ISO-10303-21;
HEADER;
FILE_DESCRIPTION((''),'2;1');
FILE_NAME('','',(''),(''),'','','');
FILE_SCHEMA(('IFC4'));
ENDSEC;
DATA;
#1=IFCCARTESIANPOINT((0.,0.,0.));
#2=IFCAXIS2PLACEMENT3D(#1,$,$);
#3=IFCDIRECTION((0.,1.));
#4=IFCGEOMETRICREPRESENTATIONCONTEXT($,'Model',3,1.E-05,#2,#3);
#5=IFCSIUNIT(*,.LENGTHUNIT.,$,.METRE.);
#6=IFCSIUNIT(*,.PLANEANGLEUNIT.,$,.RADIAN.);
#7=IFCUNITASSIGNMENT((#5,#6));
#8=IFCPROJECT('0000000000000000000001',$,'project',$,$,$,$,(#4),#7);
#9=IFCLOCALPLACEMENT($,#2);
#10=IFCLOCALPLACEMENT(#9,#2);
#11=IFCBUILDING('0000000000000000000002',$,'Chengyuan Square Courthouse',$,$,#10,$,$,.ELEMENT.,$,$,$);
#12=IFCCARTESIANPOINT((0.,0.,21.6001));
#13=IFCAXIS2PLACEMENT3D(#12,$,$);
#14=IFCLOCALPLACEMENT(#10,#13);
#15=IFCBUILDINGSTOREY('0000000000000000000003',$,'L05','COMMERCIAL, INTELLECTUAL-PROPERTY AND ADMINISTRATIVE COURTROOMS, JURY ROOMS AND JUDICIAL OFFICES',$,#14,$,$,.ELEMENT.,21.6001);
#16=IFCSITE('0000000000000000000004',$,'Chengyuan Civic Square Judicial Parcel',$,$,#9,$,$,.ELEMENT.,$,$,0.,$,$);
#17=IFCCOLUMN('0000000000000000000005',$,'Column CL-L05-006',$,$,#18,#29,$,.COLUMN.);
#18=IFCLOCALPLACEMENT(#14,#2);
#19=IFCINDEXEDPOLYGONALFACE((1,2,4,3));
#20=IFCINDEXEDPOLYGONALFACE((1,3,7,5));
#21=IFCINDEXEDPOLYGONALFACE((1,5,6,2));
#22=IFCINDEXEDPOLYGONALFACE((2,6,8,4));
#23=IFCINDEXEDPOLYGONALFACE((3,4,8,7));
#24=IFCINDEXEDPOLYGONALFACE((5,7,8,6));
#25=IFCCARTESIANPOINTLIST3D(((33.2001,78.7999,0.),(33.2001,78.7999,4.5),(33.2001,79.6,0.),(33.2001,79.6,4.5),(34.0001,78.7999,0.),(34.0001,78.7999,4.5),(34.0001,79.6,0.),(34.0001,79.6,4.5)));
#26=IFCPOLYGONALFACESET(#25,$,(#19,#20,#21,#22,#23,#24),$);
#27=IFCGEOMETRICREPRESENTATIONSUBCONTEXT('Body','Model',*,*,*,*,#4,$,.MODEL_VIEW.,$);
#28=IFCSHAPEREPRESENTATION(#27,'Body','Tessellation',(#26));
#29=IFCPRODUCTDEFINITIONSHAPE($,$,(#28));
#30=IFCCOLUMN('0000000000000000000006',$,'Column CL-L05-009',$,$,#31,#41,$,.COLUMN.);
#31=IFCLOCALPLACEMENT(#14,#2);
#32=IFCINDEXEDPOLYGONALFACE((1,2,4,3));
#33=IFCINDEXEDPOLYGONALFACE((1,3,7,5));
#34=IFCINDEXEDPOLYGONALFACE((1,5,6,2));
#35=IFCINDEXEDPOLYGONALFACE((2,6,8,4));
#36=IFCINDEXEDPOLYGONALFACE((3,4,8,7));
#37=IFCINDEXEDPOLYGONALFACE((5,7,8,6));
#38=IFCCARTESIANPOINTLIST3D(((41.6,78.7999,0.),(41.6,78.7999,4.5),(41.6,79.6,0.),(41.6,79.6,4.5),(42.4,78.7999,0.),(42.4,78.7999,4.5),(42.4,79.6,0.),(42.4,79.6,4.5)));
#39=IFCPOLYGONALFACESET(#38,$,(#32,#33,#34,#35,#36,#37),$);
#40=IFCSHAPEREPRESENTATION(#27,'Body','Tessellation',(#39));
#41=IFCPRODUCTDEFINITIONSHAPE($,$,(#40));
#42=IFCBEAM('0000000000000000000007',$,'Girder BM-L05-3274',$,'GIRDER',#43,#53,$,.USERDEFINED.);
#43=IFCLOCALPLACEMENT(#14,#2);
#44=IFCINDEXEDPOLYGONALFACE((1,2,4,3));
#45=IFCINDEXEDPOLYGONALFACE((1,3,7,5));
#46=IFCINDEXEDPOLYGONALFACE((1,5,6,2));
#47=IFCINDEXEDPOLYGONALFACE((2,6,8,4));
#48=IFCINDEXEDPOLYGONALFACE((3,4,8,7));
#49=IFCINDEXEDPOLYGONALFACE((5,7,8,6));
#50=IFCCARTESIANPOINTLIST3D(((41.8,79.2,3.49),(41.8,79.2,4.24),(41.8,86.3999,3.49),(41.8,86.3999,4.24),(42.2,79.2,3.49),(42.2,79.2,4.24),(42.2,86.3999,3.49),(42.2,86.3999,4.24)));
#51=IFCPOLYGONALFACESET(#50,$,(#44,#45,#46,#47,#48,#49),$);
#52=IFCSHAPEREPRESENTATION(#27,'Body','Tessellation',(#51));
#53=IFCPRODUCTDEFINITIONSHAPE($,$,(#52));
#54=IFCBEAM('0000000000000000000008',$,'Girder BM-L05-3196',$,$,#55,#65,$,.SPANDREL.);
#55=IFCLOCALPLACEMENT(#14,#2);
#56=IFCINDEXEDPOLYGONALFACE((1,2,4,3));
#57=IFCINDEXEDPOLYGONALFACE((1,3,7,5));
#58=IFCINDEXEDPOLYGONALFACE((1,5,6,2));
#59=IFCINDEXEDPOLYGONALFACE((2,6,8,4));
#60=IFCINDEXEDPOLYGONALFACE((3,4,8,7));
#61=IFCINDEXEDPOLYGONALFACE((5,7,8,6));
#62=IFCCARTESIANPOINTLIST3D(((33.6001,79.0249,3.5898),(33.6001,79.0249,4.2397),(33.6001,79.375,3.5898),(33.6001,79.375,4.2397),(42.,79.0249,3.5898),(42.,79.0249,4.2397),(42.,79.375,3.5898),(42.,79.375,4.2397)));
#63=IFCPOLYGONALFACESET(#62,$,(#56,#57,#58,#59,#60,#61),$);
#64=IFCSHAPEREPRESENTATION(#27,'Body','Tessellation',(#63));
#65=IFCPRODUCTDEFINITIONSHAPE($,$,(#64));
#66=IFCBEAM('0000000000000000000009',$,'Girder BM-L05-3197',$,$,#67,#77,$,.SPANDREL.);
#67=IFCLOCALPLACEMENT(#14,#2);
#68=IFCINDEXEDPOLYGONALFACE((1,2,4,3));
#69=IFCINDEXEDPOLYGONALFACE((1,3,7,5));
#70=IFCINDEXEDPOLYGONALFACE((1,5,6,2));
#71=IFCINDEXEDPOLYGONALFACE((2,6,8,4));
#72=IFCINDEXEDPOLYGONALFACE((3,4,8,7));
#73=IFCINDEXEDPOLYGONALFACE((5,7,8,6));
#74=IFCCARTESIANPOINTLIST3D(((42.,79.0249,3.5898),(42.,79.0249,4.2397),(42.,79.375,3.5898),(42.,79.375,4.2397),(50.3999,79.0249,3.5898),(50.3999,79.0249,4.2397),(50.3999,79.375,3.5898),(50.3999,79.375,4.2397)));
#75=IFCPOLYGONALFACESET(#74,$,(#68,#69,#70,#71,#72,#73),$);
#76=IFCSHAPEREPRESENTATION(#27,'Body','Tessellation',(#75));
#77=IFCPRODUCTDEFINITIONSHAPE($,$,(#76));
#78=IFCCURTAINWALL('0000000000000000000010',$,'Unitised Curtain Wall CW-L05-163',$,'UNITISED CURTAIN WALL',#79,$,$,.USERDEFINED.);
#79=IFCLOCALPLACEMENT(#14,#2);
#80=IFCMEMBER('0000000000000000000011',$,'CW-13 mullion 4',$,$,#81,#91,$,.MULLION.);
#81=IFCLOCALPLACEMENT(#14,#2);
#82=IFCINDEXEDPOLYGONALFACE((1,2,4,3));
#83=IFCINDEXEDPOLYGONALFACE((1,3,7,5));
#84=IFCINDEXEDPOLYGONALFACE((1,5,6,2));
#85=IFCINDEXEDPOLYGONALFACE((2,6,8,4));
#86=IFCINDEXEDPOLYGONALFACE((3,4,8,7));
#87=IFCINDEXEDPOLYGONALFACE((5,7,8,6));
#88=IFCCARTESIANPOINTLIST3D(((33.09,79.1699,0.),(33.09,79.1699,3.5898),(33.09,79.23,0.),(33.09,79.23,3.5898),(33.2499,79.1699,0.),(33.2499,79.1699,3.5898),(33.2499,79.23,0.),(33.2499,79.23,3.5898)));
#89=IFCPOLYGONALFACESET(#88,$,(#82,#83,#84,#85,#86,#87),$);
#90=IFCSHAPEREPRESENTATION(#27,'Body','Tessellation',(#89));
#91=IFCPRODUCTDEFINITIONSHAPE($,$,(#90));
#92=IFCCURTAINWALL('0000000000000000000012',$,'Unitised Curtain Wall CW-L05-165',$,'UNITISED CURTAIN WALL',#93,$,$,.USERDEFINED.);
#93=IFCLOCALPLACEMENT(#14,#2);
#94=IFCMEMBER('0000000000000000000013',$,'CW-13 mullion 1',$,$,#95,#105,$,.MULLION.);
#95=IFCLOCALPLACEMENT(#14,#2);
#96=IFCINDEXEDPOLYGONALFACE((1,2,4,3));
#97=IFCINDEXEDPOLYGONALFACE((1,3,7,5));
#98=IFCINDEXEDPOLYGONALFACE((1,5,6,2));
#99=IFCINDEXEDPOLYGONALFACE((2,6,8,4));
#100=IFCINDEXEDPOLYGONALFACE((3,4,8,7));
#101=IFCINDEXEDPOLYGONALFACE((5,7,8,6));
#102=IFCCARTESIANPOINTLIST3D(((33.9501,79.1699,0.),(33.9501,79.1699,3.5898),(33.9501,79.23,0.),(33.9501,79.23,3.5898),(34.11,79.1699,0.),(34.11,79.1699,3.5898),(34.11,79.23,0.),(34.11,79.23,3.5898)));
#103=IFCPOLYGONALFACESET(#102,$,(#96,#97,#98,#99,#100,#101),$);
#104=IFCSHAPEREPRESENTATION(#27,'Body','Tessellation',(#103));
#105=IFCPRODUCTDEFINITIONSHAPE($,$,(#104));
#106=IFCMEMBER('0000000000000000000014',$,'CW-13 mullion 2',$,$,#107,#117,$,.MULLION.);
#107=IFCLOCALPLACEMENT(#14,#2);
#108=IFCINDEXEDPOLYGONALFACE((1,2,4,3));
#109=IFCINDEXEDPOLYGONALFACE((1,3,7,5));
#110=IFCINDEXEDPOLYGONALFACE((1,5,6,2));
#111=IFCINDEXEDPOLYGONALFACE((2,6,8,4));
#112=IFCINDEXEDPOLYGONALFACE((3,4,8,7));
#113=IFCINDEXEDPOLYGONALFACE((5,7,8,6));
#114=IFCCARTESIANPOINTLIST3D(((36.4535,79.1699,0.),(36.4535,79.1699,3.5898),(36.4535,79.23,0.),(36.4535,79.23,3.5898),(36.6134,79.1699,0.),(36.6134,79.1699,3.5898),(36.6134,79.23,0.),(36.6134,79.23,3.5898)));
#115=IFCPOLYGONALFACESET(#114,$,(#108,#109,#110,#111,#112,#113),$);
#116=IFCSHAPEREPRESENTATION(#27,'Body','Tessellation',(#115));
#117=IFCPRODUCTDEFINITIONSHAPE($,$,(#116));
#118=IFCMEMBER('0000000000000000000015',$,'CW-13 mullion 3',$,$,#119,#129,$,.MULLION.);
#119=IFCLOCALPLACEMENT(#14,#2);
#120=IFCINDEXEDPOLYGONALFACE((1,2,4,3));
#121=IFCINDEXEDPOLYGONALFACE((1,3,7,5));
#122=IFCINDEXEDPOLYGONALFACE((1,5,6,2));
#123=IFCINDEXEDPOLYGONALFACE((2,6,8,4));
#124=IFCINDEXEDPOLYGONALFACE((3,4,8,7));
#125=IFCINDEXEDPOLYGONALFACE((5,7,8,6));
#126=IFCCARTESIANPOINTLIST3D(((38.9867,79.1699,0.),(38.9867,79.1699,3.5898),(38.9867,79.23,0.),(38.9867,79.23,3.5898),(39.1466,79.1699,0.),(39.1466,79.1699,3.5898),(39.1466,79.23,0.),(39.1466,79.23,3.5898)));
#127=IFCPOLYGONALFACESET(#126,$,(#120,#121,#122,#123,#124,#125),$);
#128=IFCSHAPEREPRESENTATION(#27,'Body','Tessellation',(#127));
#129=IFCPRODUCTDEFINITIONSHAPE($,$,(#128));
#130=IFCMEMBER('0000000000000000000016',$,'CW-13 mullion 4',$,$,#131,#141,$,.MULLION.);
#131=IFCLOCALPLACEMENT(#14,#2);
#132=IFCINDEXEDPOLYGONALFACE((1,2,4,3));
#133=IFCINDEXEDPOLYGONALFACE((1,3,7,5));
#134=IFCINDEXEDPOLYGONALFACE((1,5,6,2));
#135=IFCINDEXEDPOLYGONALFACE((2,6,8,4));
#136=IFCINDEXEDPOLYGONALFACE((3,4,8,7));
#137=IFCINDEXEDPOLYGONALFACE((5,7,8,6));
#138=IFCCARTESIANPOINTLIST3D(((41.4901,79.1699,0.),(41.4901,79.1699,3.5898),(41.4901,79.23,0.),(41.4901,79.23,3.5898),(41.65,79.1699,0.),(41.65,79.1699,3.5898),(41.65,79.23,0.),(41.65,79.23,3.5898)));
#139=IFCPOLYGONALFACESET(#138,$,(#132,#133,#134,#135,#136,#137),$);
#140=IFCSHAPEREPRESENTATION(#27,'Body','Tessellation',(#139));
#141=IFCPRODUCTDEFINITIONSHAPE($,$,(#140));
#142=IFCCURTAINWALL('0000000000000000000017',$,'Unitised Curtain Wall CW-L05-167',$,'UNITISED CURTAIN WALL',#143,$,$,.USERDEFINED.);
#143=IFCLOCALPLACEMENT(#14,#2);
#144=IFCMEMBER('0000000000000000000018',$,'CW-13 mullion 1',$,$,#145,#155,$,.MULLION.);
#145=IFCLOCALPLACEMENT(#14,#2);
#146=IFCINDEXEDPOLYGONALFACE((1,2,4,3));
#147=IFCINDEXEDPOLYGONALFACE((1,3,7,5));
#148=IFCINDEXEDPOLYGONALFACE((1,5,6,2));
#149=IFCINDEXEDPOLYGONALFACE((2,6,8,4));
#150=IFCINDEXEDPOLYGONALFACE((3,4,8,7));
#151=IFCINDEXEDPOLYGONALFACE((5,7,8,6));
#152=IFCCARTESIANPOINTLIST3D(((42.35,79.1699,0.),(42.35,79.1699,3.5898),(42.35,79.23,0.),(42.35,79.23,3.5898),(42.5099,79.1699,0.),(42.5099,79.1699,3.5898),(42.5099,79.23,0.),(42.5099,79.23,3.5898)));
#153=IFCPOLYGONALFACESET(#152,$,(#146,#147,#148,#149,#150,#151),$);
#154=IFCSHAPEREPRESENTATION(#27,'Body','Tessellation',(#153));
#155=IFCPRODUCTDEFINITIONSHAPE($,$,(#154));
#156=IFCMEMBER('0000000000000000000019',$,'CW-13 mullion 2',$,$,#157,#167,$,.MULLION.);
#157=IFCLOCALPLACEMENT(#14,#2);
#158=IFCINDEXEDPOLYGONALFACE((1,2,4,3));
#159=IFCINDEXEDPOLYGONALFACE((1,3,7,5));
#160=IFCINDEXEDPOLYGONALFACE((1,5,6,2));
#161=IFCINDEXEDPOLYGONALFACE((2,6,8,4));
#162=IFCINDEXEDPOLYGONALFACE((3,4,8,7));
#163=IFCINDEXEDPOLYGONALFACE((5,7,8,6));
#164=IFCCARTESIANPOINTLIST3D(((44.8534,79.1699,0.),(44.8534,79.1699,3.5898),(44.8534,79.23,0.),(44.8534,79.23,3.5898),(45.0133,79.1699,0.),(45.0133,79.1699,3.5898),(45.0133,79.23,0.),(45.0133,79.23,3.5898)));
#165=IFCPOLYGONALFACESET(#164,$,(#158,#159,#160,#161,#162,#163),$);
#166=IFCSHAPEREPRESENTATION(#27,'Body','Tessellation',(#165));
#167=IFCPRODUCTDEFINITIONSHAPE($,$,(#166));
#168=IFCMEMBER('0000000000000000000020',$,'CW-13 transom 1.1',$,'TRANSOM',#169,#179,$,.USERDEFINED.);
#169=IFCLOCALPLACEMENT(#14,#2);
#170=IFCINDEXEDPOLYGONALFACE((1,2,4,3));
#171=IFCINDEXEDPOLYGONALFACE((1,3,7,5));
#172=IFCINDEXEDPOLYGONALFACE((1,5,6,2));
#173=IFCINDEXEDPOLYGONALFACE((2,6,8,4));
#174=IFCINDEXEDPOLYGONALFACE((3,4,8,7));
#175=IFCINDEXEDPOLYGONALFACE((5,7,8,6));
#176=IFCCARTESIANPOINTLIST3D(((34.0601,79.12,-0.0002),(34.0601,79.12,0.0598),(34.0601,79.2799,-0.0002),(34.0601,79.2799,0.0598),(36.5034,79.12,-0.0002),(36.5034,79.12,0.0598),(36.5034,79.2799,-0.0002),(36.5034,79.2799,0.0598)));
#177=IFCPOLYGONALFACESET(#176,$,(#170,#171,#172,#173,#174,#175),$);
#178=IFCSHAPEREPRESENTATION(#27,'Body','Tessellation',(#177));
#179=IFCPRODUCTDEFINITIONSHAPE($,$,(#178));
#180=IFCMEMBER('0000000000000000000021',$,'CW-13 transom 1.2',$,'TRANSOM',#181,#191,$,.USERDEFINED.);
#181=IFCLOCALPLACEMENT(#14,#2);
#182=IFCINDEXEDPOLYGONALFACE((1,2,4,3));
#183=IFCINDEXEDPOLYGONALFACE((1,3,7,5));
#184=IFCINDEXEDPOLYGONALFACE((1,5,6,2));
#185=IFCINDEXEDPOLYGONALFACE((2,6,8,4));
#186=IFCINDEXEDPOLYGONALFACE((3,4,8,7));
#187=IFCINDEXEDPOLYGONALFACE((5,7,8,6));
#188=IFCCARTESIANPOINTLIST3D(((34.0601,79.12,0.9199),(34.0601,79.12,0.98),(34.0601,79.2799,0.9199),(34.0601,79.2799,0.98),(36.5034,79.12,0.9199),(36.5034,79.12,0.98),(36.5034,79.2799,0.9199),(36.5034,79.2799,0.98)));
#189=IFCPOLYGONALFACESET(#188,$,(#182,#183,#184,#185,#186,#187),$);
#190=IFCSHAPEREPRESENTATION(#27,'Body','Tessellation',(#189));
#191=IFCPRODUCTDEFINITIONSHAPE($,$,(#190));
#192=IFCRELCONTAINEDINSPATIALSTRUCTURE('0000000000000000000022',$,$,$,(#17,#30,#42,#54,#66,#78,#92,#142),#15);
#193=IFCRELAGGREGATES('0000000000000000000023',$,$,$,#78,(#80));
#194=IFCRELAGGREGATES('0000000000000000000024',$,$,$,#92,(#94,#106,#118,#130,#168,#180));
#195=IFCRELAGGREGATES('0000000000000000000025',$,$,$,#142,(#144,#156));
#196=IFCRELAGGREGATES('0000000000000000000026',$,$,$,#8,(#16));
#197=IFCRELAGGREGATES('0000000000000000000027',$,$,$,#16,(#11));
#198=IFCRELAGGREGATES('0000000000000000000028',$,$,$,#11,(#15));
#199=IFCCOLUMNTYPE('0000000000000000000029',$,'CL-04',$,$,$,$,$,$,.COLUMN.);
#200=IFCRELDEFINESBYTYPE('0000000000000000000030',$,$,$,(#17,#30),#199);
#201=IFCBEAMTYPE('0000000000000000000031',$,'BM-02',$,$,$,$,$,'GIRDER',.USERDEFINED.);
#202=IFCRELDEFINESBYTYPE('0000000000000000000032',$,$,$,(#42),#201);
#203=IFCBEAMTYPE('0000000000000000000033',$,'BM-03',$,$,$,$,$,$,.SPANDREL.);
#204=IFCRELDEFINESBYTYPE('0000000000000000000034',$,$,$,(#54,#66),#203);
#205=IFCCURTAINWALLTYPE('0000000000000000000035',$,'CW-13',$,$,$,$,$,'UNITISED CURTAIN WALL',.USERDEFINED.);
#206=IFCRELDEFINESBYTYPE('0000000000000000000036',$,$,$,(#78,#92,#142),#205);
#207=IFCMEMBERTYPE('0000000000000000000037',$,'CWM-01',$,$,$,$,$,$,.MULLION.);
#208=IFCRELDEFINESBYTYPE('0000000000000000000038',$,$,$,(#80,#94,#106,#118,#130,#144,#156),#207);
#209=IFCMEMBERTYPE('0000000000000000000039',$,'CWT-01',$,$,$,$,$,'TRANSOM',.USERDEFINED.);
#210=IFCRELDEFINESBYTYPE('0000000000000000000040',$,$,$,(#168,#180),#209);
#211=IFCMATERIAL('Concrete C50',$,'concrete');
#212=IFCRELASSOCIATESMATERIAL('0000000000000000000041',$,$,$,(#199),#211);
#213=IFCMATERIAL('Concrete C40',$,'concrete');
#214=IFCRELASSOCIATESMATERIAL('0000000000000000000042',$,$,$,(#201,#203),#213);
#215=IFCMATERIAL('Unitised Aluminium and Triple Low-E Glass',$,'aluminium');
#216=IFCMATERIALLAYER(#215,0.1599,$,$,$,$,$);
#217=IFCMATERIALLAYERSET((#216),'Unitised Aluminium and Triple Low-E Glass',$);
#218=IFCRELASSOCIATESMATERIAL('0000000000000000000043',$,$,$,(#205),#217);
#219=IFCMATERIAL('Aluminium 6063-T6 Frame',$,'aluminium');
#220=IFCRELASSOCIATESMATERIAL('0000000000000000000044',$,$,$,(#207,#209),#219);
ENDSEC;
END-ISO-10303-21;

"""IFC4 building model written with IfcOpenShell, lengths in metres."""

from ifc_helpers import new_model, si_unit, direction, frame, origin, origin_2d, place, context, subcontext, project, spatial, rectangle, extrude, material, layer, layer_set, material_profile, profile_set, type_object, element, aggregate, save


model = new_model("IFC4")

# Units and contexts
model_context = context("Model", 3, precision=1e-05, world=origin(), true_north=direction((0.0, 1.0)))
body_context = subcontext(model_context, "Body", "Model", "MODEL_VIEW")
ifc_project = project(units=[si_unit("LENGTHUNIT", "METRE"), si_unit("PLANEANGLEUNIT", "RADIAN")], contexts=[model_context])

# Site, building, storey
site_placement = place(None, origin())
site = spatial("IfcSite", under=ifc_project, at=site_placement, Name="Chengyuan Civic Square Judicial Parcel", CompositionType="ELEMENT", RefElevation=0.0)
building_placement = place(site_placement, origin())
building = spatial("IfcBuilding", under=site, at=building_placement, Name="Chengyuan Square Courthouse", CompositionType="ELEMENT")
storey_placement = place(building_placement, frame((0.0, 0.0, 21.6001)))
storey = spatial("IfcBuildingStorey", under=building, at=storey_placement, Name="L05", Description="COMMERCIAL, INTELLECTUAL-PROPERTY AND ADMINISTRATIVE COURTROOMS, JURY ROOMS AND JUDICIAL OFFICES", CompositionType="ELEMENT", Elevation=21.6001)

# Columns
ifc_material_1 = material(Name="Concrete C50", Category="concrete")
ifc_material_profile_1 = material_profile(ifc_material_1, rectangle(XDim=0.8, YDim=0.8, at=origin_2d()), Name="RC-COL-800x800")
ifc_profile_set_1 = profile_set([ifc_material_profile_1], Name="Concrete C50")
column_type = type_object("IfcColumnType", Name="CL-04", PredefinedType="COLUMN", material=ifc_profile_set_1)
for number, where, z_axis, x_axis, name in (
    (1, (33.6001, 79.2, 0.0), (0.0, 0.0, 1.0), (1.0, 0.0, 0.0), "Column CL-L05-006"),
    (2, (42.0, 79.2, 0.0), (0.0, 0.0, 1.0), (1.0, 0.0, 0.0), "Column CL-L05-009"),
):
    element("IfcColumn", number, at=place(storey_placement, frame(where, z_axis=z_axis, x_axis=x_axis)), inside=storey, type_object=column_type, Name=name, PredefinedType="COLUMN", context=body_context, shape_type="SweptSolid", body=[
        extrude(rectangle(XDim=0.8, YDim=0.8, at=origin_2d()), origin(), (0.0, 0.0, 1.0), 4.5),
    ])

# Beams
ifc_material_2 = material(Name="Concrete C40", Category="concrete")
ifc_material_profile_2 = material_profile(ifc_material_2, rectangle(XDim=0.3999, YDim=0.75, at=origin_2d()), Name="RC-BM-400x750")
ifc_profile_set_2 = profile_set([ifc_material_profile_2], Name="Concrete C40")
beam_type_1 = type_object("IfcBeamType", Name="BM-02", ElementType="GIRDER", PredefinedType="USERDEFINED", material=ifc_profile_set_2)
beam_placement = place(storey_placement, frame((42.0, 79.2, 3.865), z_axis=(0.0, 1.0, 0.0), x_axis=(-1.0, 0.0, 0.0)))
element("IfcBeam", 3, at=beam_placement, inside=storey, type_object=beam_type_1, Name="Girder BM-L05-3274", ObjectType="GIRDER", PredefinedType="USERDEFINED", context=body_context, shape_type="SweptSolid", body=[
    extrude(rectangle(XDim=0.3999, YDim=0.75, at=origin_2d()), origin(), (0.0, 0.0, 1.0), 7.2),
])
ifc_material_profile_3 = material_profile(ifc_material_2, rectangle(XDim=0.3501, YDim=0.6499, at=origin_2d()), Name="RC-BM-350x650")
ifc_profile_set_3 = profile_set([ifc_material_profile_3], Name="Concrete C40")
beam_type_2 = type_object("IfcBeamType", Name="BM-03", PredefinedType="SPANDREL", material=ifc_profile_set_3)
for number, where, z_axis, x_axis, name in (
    (4, (33.6001, 79.2, 3.9148), (1.0, 0.0, 0.0), (0.0, 1.0, 0.0), "Girder BM-L05-3196"),
    (5, (42.0, 79.2, 3.9148), (1.0, 0.0, 0.0), (0.0, 1.0, 0.0), "Girder BM-L05-3197"),
):
    element("IfcBeam", number, at=place(storey_placement, frame(where, z_axis=z_axis, x_axis=x_axis)), inside=storey, type_object=beam_type_2, Name=name, PredefinedType="SPANDREL", context=body_context, shape_type="SweptSolid", body=[
        extrude(rectangle(XDim=0.3501, YDim=0.6499, at=origin_2d()), origin(), (0.0, 0.0, 1.0), 8.3999),
    ])

# Curtain wall, member
ifc_material_3 = material(Name="Unitised Aluminium and Triple Low-E Glass", Category="aluminium")
ifc_layer_1 = layer(ifc_material_3, 0.1599)
ifc_layer_set_1 = layer_set([ifc_layer_1], Name="Unitised Aluminium and Triple Low-E Glass")
curtain_wall_type = type_object("IfcCurtainWallType", Name="CW-13", ElementType="UNITISED CURTAIN WALL", PredefinedType="USERDEFINED", material=ifc_layer_set_1)
curtain_wall_1_placement = place(storey_placement, origin())
curtain_wall_1 = element("IfcCurtainWall", 6, at=curtain_wall_1_placement, inside=storey, type_object=curtain_wall_type, Name="Unitised Curtain Wall CW-L05-163", ObjectType="UNITISED CURTAIN WALL", PredefinedType="USERDEFINED")
ifc_material_4 = material(Name="Aluminium 6063-T6 Frame", Category="aluminium")
ifc_material_profile_4 = material_profile(ifc_material_4, rectangle(XDim=0.0601, YDim=0.1599, at=origin_2d()), Name="CW-MUL-60x160")
ifc_profile_set_4 = profile_set([ifc_material_profile_4], Name="Aluminium 6063-T6 Frame")
member_type_1 = type_object("IfcMemberType", Name="CWM-01", PredefinedType="MULLION", material=ifc_profile_set_4)
member_1_placement = place(storey_placement, frame((33.1699, 79.2, 0.0), z_axis=(0.0, 0.0, 1.0), x_axis=(0.0, 1.0, 0.0)))
member_1 = element("IfcMember", 7, at=member_1_placement, type_object=member_type_1, Name="CW-13 mullion 4", PredefinedType="MULLION", context=body_context, shape_type="SweptSolid", body=[
    extrude(rectangle(XDim=0.0601, YDim=0.1599, at=origin_2d()), origin(), (0.0, 0.0, 1.0), 3.5898),
])

# Curtain walls, members
curtain_wall_2_placement = place(storey_placement, origin())
curtain_wall_2 = element("IfcCurtainWall", 8, at=curtain_wall_2_placement, inside=storey, type_object=curtain_wall_type, Name="Unitised Curtain Wall CW-L05-165", ObjectType="UNITISED CURTAIN WALL", PredefinedType="USERDEFINED")
member_2_placement = place(storey_placement, frame((34.03, 79.2, 0.0), z_axis=(0.0, 0.0, 1.0), x_axis=(0.0, 1.0, 0.0)))
member_2 = element("IfcMember", 9, at=member_2_placement, type_object=member_type_1, Name="CW-13 mullion 1", PredefinedType="MULLION", context=body_context, shape_type="SweptSolid", body=[
    extrude(rectangle(XDim=0.0601, YDim=0.1599, at=origin_2d()), origin(), (0.0, 0.0, 1.0), 3.5898),
])
member_3_placement = place(storey_placement, frame((36.5334, 79.2, 0.0), z_axis=(0.0, 0.0, 1.0), x_axis=(0.0, 1.0, 0.0)))
member_3 = element("IfcMember", 10, at=member_3_placement, type_object=member_type_1, Name="CW-13 mullion 2", PredefinedType="MULLION", context=body_context, shape_type="SweptSolid", body=[
    extrude(rectangle(XDim=0.0601, YDim=0.1599, at=origin_2d()), origin(), (0.0, 0.0, 1.0), 3.5898),
])
member_4_placement = place(storey_placement, frame((39.0667, 79.2, 0.0), z_axis=(0.0, 0.0, 1.0), x_axis=(0.0, 1.0, 0.0)))
member_4 = element("IfcMember", 11, at=member_4_placement, type_object=member_type_1, Name="CW-13 mullion 3", PredefinedType="MULLION", context=body_context, shape_type="SweptSolid", body=[
    extrude(rectangle(XDim=0.0601, YDim=0.1599, at=origin_2d()), origin(), (0.0, 0.0, 1.0), 3.5898),
])
member_5_placement = place(storey_placement, frame((41.5701, 79.2, 0.0), z_axis=(0.0, 0.0, 1.0), x_axis=(0.0, 1.0, 0.0)))
member_5 = element("IfcMember", 12, at=member_5_placement, type_object=member_type_1, Name="CW-13 mullion 4", PredefinedType="MULLION", context=body_context, shape_type="SweptSolid", body=[
    extrude(rectangle(XDim=0.0601, YDim=0.1599, at=origin_2d()), origin(), (0.0, 0.0, 1.0), 3.5898),
])
curtain_wall_3_placement = place(storey_placement, origin())
curtain_wall_3 = element("IfcCurtainWall", 13, at=curtain_wall_3_placement, inside=storey, type_object=curtain_wall_type, Name="Unitised Curtain Wall CW-L05-167", ObjectType="UNITISED CURTAIN WALL", PredefinedType="USERDEFINED")
member_6_placement = place(storey_placement, frame((42.4299, 79.2, 0.0), z_axis=(0.0, 0.0, 1.0), x_axis=(0.0, 1.0, 0.0)))
member_6 = element("IfcMember", 14, at=member_6_placement, type_object=member_type_1, Name="CW-13 mullion 1", PredefinedType="MULLION", context=body_context, shape_type="SweptSolid", body=[
    extrude(rectangle(XDim=0.0601, YDim=0.1599, at=origin_2d()), origin(), (0.0, 0.0, 1.0), 3.5898),
])
member_7_placement = place(storey_placement, frame((44.9333, 79.2, 0.0), z_axis=(0.0, 0.0, 1.0), x_axis=(0.0, 1.0, 0.0)))
member_7 = element("IfcMember", 15, at=member_7_placement, type_object=member_type_1, Name="CW-13 mullion 2", PredefinedType="MULLION", context=body_context, shape_type="SweptSolid", body=[
    extrude(rectangle(XDim=0.0601, YDim=0.1599, at=origin_2d()), origin(), (0.0, 0.0, 1.0), 3.5898),
])

# Members
ifc_material_profile_5 = material_profile(ifc_material_4, rectangle(XDim=0.1599, YDim=0.0601, at=origin_2d()), Name="CW-TRN-60x120")
ifc_profile_set_5 = profile_set([ifc_material_profile_5], Name="Aluminium 6063-T6 Frame")
member_type_2 = type_object("IfcMemberType", Name="CWT-01", ElementType="TRANSOM", PredefinedType="USERDEFINED", material=ifc_profile_set_5)
member_8_placement = place(storey_placement, frame((34.0601, 79.2, 0.0298), z_axis=(1.0, 0.0, 0.0), x_axis=(0.0, 1.0, 0.0)))
member_8 = element("IfcMember", 16, at=member_8_placement, type_object=member_type_2, Name="CW-13 transom 1.1", ObjectType="TRANSOM", PredefinedType="USERDEFINED", context=body_context, shape_type="SweptSolid", body=[
    extrude(rectangle(XDim=0.1599, YDim=0.0601, at=origin_2d()), origin(), (0.0, 0.0, 1.0), 2.4434),
])
member_9_placement = place(storey_placement, frame((34.0601, 79.2, 0.95), z_axis=(1.0, 0.0, 0.0), x_axis=(0.0, 1.0, 0.0)))
member_9 = element("IfcMember", 17, at=member_9_placement, type_object=member_type_2, Name="CW-13 transom 1.2", ObjectType="TRANSOM", PredefinedType="USERDEFINED", context=body_context, shape_type="SweptSolid", body=[
    extrude(rectangle(XDim=0.1599, YDim=0.0601, at=origin_2d()), origin(), (0.0, 0.0, 1.0), 2.4434),
])

aggregate(curtain_wall_1, [member_1])
aggregate(curtain_wall_2, [member_2, member_3, member_4, member_5, member_8, member_9])
aggregate(curtain_wall_3, [member_6, member_7])

save(model, "model.ifc")
